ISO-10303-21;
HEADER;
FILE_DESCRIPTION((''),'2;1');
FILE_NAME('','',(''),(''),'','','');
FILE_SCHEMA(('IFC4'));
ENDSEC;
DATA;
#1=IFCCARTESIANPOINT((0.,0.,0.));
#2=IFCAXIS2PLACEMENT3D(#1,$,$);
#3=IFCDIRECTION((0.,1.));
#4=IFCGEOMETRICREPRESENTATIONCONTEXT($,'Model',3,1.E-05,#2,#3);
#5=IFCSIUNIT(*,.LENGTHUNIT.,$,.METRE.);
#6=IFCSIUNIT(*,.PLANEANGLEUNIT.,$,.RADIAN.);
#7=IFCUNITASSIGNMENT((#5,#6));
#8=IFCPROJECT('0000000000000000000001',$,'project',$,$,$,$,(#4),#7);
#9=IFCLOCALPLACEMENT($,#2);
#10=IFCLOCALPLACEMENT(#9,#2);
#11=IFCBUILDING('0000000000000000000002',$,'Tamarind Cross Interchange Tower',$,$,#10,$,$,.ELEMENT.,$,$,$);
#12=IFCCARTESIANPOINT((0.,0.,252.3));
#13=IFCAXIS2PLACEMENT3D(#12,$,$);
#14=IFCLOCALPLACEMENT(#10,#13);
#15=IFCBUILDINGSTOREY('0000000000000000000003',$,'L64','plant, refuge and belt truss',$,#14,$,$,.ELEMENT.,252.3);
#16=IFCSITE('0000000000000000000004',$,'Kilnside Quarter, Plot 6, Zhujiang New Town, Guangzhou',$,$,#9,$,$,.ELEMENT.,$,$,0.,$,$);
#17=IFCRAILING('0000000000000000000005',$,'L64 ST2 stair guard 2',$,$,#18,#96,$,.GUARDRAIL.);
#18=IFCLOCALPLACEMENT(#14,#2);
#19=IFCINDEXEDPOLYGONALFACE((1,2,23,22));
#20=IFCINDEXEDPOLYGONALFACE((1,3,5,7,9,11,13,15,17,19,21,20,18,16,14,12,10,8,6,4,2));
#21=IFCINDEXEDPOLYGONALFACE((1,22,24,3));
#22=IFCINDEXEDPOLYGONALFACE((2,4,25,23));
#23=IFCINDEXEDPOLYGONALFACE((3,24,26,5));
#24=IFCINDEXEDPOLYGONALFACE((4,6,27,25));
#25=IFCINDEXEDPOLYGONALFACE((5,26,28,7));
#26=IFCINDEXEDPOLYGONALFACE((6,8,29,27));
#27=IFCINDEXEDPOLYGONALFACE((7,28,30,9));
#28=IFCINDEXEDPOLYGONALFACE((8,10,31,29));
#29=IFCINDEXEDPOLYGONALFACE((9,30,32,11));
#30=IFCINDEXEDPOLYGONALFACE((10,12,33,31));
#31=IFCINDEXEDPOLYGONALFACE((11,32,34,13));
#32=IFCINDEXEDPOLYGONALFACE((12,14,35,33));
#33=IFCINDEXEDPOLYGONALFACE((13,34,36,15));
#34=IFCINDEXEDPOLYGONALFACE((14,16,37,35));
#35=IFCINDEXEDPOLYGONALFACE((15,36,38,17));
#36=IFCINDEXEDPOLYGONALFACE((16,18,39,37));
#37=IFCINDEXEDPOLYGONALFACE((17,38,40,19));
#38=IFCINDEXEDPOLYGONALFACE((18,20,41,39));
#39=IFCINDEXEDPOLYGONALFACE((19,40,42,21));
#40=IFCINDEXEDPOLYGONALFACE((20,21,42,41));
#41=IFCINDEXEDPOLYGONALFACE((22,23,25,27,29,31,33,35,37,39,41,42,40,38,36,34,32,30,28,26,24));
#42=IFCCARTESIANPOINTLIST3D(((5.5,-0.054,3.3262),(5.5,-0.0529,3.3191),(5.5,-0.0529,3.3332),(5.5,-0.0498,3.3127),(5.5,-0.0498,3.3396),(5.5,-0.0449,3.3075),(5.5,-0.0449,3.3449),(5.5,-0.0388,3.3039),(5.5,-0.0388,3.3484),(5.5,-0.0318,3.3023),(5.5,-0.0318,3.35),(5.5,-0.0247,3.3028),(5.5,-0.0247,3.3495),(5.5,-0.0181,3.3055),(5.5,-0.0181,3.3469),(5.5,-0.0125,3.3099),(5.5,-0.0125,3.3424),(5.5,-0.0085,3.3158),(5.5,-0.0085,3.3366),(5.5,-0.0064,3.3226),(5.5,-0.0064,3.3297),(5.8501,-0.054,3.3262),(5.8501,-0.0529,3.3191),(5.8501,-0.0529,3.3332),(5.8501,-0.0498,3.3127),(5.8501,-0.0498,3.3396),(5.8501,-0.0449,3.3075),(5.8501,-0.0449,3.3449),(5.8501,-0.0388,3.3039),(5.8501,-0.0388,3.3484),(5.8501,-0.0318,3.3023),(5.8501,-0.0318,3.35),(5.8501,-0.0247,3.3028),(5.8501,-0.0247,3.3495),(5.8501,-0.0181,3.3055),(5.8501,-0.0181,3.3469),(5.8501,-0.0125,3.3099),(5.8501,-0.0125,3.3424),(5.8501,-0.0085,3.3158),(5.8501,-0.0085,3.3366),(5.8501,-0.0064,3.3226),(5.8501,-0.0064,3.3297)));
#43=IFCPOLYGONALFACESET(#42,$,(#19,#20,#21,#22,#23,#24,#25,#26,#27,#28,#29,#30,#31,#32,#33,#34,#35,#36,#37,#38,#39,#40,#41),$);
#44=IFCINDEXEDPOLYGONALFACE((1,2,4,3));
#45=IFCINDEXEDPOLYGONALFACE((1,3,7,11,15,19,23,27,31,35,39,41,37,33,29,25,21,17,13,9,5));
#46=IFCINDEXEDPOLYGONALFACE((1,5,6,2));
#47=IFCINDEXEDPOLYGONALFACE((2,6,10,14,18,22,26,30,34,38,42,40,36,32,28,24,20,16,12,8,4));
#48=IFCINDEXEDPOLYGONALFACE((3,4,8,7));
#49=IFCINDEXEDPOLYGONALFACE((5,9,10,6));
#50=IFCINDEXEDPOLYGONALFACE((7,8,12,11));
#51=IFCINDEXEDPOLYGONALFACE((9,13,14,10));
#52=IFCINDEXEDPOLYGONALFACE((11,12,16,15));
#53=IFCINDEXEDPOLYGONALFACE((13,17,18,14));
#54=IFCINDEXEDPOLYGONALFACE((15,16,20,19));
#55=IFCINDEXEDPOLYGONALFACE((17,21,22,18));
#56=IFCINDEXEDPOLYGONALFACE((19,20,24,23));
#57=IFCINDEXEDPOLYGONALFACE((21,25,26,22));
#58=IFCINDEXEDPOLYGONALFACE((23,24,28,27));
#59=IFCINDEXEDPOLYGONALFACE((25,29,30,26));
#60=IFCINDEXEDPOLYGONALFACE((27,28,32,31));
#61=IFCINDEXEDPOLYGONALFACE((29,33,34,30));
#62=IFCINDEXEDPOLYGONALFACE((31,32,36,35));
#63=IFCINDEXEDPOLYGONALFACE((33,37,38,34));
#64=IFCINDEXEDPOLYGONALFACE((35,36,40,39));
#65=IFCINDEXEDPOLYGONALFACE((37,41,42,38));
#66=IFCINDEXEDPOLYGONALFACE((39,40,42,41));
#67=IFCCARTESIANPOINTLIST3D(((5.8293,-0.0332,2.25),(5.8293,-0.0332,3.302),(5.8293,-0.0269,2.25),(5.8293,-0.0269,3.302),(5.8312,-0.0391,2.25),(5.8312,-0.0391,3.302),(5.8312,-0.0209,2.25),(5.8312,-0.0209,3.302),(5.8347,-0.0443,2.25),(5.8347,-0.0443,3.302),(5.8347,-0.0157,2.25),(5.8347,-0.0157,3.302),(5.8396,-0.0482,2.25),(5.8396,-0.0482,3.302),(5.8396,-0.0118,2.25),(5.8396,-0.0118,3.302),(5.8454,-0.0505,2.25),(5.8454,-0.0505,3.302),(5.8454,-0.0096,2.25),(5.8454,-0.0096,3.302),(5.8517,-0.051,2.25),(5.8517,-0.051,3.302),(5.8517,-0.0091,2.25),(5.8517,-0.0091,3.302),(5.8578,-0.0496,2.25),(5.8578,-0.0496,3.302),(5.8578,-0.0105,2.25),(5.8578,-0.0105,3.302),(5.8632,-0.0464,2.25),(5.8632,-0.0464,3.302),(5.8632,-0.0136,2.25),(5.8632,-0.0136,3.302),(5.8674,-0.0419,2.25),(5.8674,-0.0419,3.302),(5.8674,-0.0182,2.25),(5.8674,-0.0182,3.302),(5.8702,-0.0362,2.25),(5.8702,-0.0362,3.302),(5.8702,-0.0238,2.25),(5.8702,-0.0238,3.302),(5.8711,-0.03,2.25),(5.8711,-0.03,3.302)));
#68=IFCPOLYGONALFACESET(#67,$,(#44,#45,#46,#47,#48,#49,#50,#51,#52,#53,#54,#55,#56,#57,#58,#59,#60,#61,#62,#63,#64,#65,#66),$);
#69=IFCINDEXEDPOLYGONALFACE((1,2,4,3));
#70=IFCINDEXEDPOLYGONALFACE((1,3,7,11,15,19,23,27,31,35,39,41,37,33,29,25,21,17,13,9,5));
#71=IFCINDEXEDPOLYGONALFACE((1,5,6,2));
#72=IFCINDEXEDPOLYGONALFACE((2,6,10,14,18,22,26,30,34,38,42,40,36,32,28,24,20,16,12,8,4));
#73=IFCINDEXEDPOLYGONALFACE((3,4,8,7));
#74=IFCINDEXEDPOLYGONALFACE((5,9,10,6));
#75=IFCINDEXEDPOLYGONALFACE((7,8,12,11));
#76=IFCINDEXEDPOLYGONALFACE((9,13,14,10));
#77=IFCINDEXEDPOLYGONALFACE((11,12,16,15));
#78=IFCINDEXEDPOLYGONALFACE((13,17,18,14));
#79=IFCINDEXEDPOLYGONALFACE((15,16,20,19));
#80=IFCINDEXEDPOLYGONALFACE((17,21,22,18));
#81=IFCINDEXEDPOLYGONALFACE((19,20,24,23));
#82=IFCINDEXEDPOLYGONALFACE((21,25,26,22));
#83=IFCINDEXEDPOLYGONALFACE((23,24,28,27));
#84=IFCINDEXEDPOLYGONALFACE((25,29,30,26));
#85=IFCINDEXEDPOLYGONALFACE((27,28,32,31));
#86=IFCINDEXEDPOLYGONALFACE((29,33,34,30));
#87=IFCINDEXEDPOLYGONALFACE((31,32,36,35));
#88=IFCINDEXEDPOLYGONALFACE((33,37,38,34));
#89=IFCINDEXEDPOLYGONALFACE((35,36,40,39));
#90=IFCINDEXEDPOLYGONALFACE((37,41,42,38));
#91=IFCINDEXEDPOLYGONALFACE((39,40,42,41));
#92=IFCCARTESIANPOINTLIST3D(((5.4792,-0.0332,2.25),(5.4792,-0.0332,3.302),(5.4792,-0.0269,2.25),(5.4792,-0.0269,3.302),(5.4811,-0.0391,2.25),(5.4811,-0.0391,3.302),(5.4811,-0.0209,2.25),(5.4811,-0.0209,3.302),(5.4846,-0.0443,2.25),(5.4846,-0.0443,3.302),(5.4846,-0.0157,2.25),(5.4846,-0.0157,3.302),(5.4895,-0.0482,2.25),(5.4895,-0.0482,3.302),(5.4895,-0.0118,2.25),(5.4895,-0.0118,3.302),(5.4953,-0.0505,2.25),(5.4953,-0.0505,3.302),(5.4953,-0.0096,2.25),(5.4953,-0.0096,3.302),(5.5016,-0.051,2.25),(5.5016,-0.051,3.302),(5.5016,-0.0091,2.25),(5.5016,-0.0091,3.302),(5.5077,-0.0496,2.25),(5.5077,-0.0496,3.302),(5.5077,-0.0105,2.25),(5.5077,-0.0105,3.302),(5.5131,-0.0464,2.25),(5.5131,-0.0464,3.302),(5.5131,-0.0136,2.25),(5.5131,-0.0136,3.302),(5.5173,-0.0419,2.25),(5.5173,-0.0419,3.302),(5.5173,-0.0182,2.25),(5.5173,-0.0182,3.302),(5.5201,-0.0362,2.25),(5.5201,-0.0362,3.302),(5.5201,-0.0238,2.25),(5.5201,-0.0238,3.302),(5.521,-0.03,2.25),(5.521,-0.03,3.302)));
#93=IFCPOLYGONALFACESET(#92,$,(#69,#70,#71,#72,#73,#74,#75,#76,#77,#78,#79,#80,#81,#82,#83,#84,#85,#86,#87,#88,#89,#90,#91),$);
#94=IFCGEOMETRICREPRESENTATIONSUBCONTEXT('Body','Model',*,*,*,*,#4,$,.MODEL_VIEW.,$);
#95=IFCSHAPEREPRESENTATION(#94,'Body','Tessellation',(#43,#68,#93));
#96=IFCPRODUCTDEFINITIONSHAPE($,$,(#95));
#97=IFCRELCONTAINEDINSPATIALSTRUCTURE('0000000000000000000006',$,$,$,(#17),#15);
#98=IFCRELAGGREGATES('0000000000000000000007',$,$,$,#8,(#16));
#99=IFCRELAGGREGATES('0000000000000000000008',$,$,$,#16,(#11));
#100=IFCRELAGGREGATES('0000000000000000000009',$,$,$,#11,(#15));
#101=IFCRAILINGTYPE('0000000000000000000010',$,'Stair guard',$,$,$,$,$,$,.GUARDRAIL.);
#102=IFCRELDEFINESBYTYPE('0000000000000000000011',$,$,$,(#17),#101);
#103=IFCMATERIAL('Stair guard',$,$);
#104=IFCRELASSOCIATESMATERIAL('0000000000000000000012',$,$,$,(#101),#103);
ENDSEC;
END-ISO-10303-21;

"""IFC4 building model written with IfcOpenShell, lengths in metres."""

from ifc_helpers import new_model, si_unit, direction, frame, origin, origin_2d, place, context, subcontext, project, spatial, circle, extrude, material, type_object, element, save


model = new_model("IFC4")

# Units and contexts
model_context = context("Model", 3, precision=1e-05, world=origin(), true_north=direction((0.0, 1.0)))
body_context = subcontext(model_context, "Body", "Model", "MODEL_VIEW")
ifc_project = project(units=[si_unit("LENGTHUNIT", "METRE"), si_unit("PLANEANGLEUNIT", "RADIAN")], contexts=[model_context])

# Site, building, storey
site_placement = place(None, origin())
site = spatial("IfcSite", under=ifc_project, at=site_placement, Name="Kilnside Quarter, Plot 6, Zhujiang New Town, Guangzhou", CompositionType="ELEMENT", RefElevation=0.0)
building_placement = place(site_placement, origin())
building = spatial("IfcBuilding", under=site, at=building_placement, Name="Tamarind Cross Interchange Tower", CompositionType="ELEMENT")
storey_placement = place(building_placement, frame((0.0, 0.0, 252.3)))
storey = spatial("IfcBuildingStorey", under=building, at=storey_placement, Name="L64", Description="plant, refuge and belt truss", CompositionType="ELEMENT", Elevation=252.3)

# Railing
ifc_material_1 = material(Name="Stair guard")
railing_type_1 = type_object("IfcRailingType", Name="Stair guard", PredefinedType="GUARDRAIL", material=ifc_material_1)
railing_1_placement = place(storey_placement, frame((5.8501, -0.03, 2.25)))
element("IfcRailing", 1, at=railing_1_placement, inside=storey, type_object=railing_type_1, Name="L64 ST2 stair guard 2", PredefinedType="GUARDRAIL", context=body_context, shape_type="SweptSolid", body=[
    extrude(circle(Radius=0.0239, at=origin_2d()), frame((0.0, 0.0, 1.0762), z_axis=(-1.0, 0.0, 0.0), x_axis=(0.0, -1.0, 0.0)), (0.0, 0.0, 1.0), 0.3501),
    extrude(circle(Radius=0.021, at=origin_2d()), origin(), (0.0, 0.0, 1.0), 1.052),
    extrude(circle(Radius=0.021, at=origin_2d()), frame((-0.3501, 0.0, 0.0)), (0.0, 0.0, 1.0), 1.052),
])

save(model, "model.ifc")
